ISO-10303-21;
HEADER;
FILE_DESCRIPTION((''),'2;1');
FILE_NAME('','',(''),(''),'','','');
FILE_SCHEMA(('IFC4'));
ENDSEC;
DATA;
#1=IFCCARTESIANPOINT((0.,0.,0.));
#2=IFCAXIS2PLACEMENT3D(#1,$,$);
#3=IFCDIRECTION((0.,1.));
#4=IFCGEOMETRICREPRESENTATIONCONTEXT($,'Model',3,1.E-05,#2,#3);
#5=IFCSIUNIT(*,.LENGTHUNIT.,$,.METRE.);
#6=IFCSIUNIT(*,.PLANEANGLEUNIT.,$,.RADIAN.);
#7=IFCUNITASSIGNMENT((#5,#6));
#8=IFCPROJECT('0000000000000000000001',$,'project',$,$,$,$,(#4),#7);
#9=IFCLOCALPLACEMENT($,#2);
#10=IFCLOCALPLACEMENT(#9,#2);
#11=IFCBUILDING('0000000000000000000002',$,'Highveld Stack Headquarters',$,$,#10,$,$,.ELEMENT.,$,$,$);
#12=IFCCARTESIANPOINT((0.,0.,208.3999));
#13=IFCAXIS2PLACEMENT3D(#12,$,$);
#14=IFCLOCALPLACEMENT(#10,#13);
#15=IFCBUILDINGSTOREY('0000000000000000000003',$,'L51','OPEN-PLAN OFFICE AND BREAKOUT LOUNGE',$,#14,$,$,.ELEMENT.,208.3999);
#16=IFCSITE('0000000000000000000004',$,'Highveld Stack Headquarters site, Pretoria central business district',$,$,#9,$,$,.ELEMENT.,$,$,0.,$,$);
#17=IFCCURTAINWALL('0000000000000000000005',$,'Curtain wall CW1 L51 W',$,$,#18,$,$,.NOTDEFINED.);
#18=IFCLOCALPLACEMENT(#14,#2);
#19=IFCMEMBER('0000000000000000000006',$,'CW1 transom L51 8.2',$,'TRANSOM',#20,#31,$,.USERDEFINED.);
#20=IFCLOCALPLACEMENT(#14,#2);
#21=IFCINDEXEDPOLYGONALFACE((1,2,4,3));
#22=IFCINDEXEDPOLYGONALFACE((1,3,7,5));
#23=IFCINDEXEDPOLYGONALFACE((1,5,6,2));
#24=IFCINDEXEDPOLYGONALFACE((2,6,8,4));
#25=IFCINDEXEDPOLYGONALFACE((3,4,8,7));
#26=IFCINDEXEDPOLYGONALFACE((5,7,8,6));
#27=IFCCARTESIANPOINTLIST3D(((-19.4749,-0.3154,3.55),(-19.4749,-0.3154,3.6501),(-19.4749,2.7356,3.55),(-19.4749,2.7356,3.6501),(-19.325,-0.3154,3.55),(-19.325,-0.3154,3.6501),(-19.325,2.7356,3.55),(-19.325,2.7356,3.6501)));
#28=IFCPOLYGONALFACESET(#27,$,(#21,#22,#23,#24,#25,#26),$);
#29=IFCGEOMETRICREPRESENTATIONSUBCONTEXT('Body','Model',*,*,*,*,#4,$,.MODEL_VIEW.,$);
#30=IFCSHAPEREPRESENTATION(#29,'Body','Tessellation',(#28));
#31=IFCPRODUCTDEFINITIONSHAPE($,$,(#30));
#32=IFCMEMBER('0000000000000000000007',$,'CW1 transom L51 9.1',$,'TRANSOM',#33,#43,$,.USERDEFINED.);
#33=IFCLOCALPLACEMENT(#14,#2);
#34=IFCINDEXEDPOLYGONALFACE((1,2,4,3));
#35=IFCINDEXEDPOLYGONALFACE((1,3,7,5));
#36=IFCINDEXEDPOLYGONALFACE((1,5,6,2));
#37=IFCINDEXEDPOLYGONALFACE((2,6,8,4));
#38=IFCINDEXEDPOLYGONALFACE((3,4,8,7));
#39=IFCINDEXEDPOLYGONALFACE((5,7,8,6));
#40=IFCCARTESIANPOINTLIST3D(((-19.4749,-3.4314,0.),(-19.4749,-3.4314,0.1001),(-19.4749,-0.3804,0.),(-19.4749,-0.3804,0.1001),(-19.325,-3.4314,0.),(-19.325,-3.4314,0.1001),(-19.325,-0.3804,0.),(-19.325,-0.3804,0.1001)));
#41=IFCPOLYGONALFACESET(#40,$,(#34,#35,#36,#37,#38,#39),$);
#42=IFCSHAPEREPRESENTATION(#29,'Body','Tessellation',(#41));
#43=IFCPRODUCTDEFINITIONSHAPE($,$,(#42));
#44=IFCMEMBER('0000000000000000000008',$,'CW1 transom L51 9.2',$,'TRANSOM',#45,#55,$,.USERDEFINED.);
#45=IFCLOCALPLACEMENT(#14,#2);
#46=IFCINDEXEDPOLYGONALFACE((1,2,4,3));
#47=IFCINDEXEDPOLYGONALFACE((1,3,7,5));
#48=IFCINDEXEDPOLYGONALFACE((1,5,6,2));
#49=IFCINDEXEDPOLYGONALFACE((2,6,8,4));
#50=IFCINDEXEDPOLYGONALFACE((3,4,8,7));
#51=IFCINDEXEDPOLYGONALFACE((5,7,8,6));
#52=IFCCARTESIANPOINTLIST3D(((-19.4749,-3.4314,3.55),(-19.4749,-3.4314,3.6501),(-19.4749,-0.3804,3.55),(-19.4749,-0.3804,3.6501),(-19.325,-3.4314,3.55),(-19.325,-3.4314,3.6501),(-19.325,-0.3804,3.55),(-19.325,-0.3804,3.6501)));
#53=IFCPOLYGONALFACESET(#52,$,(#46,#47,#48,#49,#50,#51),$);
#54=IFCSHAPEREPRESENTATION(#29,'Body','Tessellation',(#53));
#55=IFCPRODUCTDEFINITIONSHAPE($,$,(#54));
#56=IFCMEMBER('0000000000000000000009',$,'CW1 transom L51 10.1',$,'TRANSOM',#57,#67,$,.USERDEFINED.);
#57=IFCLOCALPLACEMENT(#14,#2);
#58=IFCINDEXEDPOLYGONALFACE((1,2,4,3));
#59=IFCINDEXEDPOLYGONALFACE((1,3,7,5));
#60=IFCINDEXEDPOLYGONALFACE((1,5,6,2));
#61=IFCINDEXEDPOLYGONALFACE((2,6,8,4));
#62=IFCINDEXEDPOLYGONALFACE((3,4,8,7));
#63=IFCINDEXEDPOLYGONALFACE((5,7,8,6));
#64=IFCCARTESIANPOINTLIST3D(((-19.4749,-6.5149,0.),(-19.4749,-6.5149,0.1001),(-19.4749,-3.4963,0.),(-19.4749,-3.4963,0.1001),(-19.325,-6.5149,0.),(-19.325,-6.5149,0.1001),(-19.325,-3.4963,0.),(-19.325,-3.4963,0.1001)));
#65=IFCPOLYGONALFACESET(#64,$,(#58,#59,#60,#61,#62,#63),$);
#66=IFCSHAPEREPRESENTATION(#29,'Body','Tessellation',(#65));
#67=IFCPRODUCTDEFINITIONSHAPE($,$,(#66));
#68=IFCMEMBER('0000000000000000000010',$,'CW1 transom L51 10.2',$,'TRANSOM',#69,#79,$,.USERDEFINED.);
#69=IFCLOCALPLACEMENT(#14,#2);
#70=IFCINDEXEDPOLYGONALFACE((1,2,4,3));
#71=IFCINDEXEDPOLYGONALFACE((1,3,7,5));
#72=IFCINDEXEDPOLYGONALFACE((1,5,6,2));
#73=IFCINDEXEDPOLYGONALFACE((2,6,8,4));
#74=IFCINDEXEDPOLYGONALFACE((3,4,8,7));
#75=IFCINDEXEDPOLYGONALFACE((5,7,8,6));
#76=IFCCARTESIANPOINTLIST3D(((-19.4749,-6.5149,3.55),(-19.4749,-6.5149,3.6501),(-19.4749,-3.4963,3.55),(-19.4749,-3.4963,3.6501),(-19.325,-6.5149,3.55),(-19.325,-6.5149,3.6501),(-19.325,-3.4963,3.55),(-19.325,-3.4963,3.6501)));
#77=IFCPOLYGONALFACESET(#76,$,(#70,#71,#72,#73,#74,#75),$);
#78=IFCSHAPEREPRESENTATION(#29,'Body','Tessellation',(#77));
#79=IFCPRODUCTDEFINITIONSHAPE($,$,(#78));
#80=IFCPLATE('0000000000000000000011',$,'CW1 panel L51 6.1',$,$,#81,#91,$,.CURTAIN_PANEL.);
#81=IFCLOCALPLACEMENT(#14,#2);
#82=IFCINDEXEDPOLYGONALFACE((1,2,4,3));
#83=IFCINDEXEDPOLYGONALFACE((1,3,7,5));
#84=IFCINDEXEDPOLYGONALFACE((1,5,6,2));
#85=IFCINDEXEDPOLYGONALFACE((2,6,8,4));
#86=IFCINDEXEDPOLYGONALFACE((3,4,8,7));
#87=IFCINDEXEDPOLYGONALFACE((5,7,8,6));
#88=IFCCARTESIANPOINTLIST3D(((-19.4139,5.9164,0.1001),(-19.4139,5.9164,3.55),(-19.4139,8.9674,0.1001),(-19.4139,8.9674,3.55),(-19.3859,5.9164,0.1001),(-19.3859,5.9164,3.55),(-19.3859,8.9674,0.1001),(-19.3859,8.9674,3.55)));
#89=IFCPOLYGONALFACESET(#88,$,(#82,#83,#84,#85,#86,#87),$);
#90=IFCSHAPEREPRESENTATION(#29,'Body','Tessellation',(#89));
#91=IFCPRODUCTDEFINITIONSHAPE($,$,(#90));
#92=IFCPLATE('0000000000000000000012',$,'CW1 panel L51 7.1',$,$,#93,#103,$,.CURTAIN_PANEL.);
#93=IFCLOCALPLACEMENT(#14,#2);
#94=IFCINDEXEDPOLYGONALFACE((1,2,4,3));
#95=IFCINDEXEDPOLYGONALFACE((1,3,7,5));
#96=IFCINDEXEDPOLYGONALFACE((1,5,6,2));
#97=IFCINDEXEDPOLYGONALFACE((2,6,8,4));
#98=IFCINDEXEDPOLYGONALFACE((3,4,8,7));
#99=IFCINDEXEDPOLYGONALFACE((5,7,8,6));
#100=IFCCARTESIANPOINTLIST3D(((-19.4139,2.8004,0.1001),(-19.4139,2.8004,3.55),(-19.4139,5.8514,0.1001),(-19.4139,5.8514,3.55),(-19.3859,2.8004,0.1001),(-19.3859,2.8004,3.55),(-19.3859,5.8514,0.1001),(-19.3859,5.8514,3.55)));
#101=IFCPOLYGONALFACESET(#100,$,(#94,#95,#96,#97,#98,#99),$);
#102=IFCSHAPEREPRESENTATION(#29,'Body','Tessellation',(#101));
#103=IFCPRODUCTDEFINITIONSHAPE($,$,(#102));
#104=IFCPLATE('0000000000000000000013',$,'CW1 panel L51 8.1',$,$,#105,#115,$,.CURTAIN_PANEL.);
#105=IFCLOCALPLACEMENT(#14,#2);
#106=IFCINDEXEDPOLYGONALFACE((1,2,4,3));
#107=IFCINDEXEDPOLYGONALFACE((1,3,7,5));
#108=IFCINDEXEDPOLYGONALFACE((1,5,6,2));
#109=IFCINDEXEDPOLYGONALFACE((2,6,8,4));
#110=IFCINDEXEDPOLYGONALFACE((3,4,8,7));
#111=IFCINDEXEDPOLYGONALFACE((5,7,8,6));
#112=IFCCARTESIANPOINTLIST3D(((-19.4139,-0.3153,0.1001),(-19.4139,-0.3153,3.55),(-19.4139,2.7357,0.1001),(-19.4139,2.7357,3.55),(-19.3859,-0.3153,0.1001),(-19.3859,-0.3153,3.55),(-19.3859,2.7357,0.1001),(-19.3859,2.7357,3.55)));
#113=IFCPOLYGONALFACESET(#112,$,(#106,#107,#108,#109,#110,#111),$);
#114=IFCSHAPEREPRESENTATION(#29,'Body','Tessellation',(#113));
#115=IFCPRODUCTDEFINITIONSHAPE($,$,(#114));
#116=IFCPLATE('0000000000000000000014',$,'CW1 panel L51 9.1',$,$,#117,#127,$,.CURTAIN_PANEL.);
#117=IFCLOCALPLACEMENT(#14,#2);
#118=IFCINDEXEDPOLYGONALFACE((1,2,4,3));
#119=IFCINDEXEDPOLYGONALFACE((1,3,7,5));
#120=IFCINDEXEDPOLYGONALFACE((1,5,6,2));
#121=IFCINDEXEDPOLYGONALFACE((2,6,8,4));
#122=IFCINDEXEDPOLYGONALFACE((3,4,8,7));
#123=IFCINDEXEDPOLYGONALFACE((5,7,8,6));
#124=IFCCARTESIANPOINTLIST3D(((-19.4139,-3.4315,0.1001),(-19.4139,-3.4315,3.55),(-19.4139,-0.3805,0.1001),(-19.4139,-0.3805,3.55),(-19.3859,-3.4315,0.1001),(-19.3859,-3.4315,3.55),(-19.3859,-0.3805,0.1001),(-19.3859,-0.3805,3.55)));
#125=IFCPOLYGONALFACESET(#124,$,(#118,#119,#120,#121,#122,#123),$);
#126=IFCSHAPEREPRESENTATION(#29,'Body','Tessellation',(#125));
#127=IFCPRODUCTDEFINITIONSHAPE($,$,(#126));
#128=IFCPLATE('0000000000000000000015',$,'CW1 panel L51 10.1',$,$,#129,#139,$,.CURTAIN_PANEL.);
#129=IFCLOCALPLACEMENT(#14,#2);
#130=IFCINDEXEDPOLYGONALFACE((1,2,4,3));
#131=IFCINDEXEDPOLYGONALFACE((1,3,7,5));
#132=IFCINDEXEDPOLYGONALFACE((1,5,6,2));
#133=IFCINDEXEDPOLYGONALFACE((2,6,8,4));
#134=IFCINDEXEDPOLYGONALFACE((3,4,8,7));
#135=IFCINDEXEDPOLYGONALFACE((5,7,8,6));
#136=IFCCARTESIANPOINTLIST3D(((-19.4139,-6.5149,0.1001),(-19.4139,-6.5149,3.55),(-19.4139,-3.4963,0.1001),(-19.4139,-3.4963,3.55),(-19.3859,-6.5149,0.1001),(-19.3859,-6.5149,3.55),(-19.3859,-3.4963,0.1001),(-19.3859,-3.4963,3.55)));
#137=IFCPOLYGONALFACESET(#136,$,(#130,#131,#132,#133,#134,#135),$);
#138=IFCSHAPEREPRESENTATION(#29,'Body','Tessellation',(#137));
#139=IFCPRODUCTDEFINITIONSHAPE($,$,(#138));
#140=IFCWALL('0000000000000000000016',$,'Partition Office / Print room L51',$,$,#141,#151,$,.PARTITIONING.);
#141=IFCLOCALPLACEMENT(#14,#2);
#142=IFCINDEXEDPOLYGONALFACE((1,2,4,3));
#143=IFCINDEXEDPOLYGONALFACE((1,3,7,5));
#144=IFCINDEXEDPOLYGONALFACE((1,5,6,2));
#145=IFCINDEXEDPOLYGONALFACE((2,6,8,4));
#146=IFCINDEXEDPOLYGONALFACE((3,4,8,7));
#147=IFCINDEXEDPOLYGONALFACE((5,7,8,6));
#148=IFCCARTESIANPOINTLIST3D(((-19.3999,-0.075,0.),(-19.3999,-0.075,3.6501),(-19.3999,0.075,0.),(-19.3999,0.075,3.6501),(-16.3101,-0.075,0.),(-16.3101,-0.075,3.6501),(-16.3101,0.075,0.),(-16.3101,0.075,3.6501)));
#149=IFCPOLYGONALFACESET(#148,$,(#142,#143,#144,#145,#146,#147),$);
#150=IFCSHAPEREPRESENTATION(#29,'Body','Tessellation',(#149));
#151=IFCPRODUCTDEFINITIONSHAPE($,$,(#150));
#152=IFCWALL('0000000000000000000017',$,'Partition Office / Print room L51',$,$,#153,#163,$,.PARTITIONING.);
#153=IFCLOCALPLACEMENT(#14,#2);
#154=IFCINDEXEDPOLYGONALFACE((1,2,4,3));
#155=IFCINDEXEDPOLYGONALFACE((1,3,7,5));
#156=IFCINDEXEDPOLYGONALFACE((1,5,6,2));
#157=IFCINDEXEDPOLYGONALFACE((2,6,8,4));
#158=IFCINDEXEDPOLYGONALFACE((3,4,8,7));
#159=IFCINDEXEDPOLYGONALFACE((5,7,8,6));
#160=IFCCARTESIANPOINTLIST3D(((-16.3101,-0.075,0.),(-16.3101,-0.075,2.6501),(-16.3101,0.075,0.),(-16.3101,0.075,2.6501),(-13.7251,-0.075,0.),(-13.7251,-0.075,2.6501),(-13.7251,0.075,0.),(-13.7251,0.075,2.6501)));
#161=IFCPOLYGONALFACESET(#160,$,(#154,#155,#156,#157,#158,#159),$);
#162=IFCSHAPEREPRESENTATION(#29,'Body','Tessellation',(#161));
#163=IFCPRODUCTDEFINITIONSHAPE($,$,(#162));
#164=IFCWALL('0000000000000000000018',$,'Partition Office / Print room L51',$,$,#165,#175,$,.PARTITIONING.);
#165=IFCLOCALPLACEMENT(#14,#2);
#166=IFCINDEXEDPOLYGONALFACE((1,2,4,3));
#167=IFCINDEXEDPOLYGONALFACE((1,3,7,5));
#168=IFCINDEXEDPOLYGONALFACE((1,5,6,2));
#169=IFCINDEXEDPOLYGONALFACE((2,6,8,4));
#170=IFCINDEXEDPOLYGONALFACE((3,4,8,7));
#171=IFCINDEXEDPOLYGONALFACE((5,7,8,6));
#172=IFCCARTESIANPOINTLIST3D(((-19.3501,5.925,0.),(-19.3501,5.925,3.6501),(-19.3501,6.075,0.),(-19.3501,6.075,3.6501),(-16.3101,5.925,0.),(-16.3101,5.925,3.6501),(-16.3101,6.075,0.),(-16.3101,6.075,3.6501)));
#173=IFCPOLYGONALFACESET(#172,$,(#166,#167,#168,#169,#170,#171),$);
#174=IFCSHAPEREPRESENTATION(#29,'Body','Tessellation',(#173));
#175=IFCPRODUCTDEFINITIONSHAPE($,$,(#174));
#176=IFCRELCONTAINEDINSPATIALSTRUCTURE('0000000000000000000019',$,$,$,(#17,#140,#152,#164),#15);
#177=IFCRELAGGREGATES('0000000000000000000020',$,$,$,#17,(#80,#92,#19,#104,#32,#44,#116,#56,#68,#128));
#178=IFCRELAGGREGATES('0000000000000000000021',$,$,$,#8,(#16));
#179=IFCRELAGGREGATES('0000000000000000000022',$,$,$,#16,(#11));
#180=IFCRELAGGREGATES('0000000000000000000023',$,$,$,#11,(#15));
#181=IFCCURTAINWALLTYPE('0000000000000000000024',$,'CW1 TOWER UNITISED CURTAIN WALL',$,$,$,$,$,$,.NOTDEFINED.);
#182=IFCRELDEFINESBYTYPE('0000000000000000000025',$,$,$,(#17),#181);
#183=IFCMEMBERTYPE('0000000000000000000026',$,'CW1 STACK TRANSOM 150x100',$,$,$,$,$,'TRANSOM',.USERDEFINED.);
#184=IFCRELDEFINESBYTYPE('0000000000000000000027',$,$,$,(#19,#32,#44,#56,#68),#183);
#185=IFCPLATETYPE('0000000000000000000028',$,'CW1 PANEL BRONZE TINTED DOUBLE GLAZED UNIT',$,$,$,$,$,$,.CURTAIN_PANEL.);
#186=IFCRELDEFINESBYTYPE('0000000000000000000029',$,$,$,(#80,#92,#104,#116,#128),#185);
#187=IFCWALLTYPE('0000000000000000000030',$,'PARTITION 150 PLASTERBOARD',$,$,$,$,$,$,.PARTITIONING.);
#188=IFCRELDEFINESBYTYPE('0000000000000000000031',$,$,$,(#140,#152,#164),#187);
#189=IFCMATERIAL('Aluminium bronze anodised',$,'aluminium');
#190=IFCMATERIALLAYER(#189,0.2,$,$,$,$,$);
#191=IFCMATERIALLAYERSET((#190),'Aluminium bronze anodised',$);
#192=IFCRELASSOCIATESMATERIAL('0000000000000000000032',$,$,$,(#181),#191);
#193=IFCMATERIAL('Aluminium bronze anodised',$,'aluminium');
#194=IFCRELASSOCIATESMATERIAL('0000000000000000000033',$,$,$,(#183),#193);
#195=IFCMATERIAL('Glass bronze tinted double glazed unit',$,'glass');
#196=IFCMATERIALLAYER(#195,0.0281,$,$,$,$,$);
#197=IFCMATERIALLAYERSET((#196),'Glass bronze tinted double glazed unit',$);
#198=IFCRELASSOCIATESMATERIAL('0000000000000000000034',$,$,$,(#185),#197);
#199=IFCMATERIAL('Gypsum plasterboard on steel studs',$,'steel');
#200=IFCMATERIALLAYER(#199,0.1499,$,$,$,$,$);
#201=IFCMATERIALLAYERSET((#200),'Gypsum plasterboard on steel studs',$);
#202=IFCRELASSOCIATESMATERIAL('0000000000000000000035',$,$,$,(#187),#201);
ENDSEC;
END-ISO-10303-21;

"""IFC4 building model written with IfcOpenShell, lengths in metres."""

from ifc_helpers import new_model, si_unit, direction, frame, frame_2d, origin, origin_2d, place, context, subcontext, project, spatial, rectangle, extrude, material, layer, layer_set, material_profile, profile_set, type_object, element, aggregate, save


model = new_model("IFC4")

# Units and contexts
model_context = context("Model", 3, precision=1e-05, world=origin(), true_north=direction((0.0, 1.0)))
body_context = subcontext(model_context, "Body", "Model", "MODEL_VIEW")
ifc_project = project(units=[si_unit("LENGTHUNIT", "METRE"), si_unit("PLANEANGLEUNIT", "RADIAN")], contexts=[model_context])

# Site, building, storey
site_placement = place(None, origin())
site = spatial("IfcSite", under=ifc_project, at=site_placement, Name="Highveld Stack Headquarters site, Pretoria central business district", CompositionType="ELEMENT", RefElevation=0.0)
building_placement = place(site_placement, origin())
building = spatial("IfcBuilding", under=site, at=building_placement, Name="Highveld Stack Headquarters", CompositionType="ELEMENT")
storey_placement = place(building_placement, frame((0.0, 0.0, 208.3999)))
storey = spatial("IfcBuildingStorey", under=building, at=storey_placement, Name="L51", Description="OPEN-PLAN OFFICE AND BREAKOUT LOUNGE", CompositionType="ELEMENT", Elevation=208.3999)

# Curtain wall, members, plates
ifc_material_1 = material(Name="Aluminium bronze anodised", Category="aluminium")
ifc_layer_1 = layer(ifc_material_1, 0.2)
ifc_layer_set_1 = layer_set([ifc_layer_1], Name="Aluminium bronze anodised")
curtain_wall_type = type_object("IfcCurtainWallType", Name="CW1 TOWER UNITISED CURTAIN WALL", PredefinedType="NOTDEFINED", material=ifc_layer_set_1)
curtain_wall_placement = place(storey_placement, origin())
curtain_wall = element("IfcCurtainWall", 1, at=curtain_wall_placement, inside=storey, type_object=curtain_wall_type, Name="Curtain wall CW1 L51 W", PredefinedType="NOTDEFINED")
ifc_material_2 = material(Name="Aluminium bronze anodised", Category="aluminium")
ifc_material_profile_1 = material_profile(ifc_material_2, rectangle(XDim=0.1499, YDim=0.1001, at=origin_2d()), Name="CW1 TRANSOM 150x100")
ifc_profile_set_1 = profile_set([ifc_material_profile_1], Name="Aluminium bronze anodised")
member_type_1 = type_object("IfcMemberType", Name="CW1 STACK TRANSOM 150x100", ElementType="TRANSOM", PredefinedType="USERDEFINED", material=ifc_profile_set_1)
member_1_placement = place(storey_placement, frame((-19.3999, 2.7356, 3.6001), z_axis=(0.0, -1.0, 0.0), x_axis=(1.0, 0.0, 0.0)))
member_1 = element("IfcMember", 2, at=member_1_placement, type_object=member_type_1, Name="CW1 transom L51 8.2", ObjectType="TRANSOM", PredefinedType="USERDEFINED", context=body_context, shape_type="SweptSolid", body=[
    extrude(rectangle(XDim=0.1499, YDim=0.1001, at=origin_2d()), origin(), (0.0, 0.0, 1.0), 3.051),
])
member_2_placement = place(storey_placement, frame((-19.3999, -0.3804, 0.05), z_axis=(0.0, -1.0, 0.0), x_axis=(1.0, 0.0, 0.0)))
member_2 = element("IfcMember", 3, at=member_2_placement, type_object=member_type_1, Name="CW1 transom L51 9.1", ObjectType="TRANSOM", PredefinedType="USERDEFINED", context=body_context, shape_type="SweptSolid", body=[
    extrude(rectangle(XDim=0.1499, YDim=0.1001, at=origin_2d()), origin(), (0.0, 0.0, 1.0), 3.051),
])
member_3_placement = place(storey_placement, frame((-19.3999, -0.3804, 3.6001), z_axis=(0.0, -1.0, 0.0), x_axis=(1.0, 0.0, 0.0)))
member_3 = element("IfcMember", 4, at=member_3_placement, type_object=member_type_1, Name="CW1 transom L51 9.2", ObjectType="TRANSOM", PredefinedType="USERDEFINED", context=body_context, shape_type="SweptSolid", body=[
    extrude(rectangle(XDim=0.1499, YDim=0.1001, at=origin_2d()), origin(), (0.0, 0.0, 1.0), 3.051),
])
member_4_placement = place(storey_placement, frame((-19.3999, -3.4963, 0.05), z_axis=(0.0, -1.0, 0.0), x_axis=(1.0, 0.0, 0.0)))
member_4 = element("IfcMember", 5, at=member_4_placement, type_object=member_type_1, Name="CW1 transom L51 10.1", ObjectType="TRANSOM", PredefinedType="USERDEFINED", context=body_context, shape_type="SweptSolid", body=[
    extrude(rectangle(XDim=0.1499, YDim=0.1001, at=origin_2d()), origin(), (0.0, 0.0, 1.0), 3.0186),
])
member_5_placement = place(storey_placement, frame((-19.3999, -3.4963, 3.6001), z_axis=(0.0, -1.0, 0.0), x_axis=(1.0, 0.0, 0.0)))
member_5 = element("IfcMember", 6, at=member_5_placement, type_object=member_type_1, Name="CW1 transom L51 10.2", ObjectType="TRANSOM", PredefinedType="USERDEFINED", context=body_context, shape_type="SweptSolid", body=[
    extrude(rectangle(XDim=0.1499, YDim=0.1001, at=origin_2d()), origin(), (0.0, 0.0, 1.0), 3.0186),
])
ifc_material_3 = material(Name="Glass bronze tinted double glazed unit", Category="glass")
ifc_layer_2 = layer(ifc_material_3, 0.0281)
ifc_layer_set_2 = layer_set([ifc_layer_2], Name="Glass bronze tinted double glazed unit")
plate_type = type_object("IfcPlateType", Name="CW1 PANEL BRONZE TINTED DOUBLE GLAZED UNIT", PredefinedType="CURTAIN_PANEL", material=ifc_layer_set_2)
plate_1_placement = place(storey_placement, frame((-19.3999, 7.4419, 0.1001), z_axis=(0.0, 0.0, 1.0), x_axis=(0.0, -1.0, 0.0)))
plate_1 = element("IfcPlate", 7, at=plate_1_placement, type_object=plate_type, Name="CW1 panel L51 6.1", PredefinedType="CURTAIN_PANEL", context=body_context, shape_type="SweptSolid", body=[
    extrude(rectangle(XDim=3.051, YDim=0.0281, at=origin_2d()), origin(), (0.0, 0.0, 1.0), 3.45),
])
plate_2_placement = place(storey_placement, frame((-19.3999, 4.3259, 0.1001), z_axis=(0.0, 0.0, 1.0), x_axis=(0.0, -1.0, 0.0)))
plate_2 = element("IfcPlate", 8, at=plate_2_placement, type_object=plate_type, Name="CW1 panel L51 7.1", PredefinedType="CURTAIN_PANEL", context=body_context, shape_type="SweptSolid", body=[
    extrude(rectangle(XDim=3.051, YDim=0.0281, at=origin_2d()), origin(), (0.0, 0.0, 1.0), 3.45),
])
plate_3_placement = place(storey_placement, frame((-19.3999, 1.2102, 0.1001), z_axis=(0.0, 0.0, 1.0), x_axis=(0.0, -1.0, 0.0)))
plate_3 = element("IfcPlate", 9, at=plate_3_placement, type_object=plate_type, Name="CW1 panel L51 8.1", PredefinedType="CURTAIN_PANEL", context=body_context, shape_type="SweptSolid", body=[
    extrude(rectangle(XDim=3.051, YDim=0.0281, at=origin_2d()), origin(), (0.0, 0.0, 1.0), 3.45),
])
plate_4_placement = place(storey_placement, frame((-19.3999, -1.906, 0.1001), z_axis=(0.0, 0.0, 1.0), x_axis=(0.0, -1.0, 0.0)))
plate_4 = element("IfcPlate", 10, at=plate_4_placement, type_object=plate_type, Name="CW1 panel L51 9.1", PredefinedType="CURTAIN_PANEL", context=body_context, shape_type="SweptSolid", body=[
    extrude(rectangle(XDim=3.051, YDim=0.0281, at=origin_2d()), origin(), (0.0, 0.0, 1.0), 3.45),
])
plate_5_placement = place(storey_placement, frame((-19.3999, -5.0056, 0.1001), z_axis=(0.0, 0.0, 1.0), x_axis=(0.0, -1.0, 0.0)))
plate_5 = element("IfcPlate", 11, at=plate_5_placement, type_object=plate_type, Name="CW1 panel L51 10.1", PredefinedType="CURTAIN_PANEL", context=body_context, shape_type="SweptSolid", body=[
    extrude(rectangle(XDim=3.0186, YDim=0.0281, at=origin_2d()), origin(), (0.0, 0.0, 1.0), 3.45),
])
aggregate(curtain_wall, [plate_1, plate_2, member_1, plate_3, member_2, member_3, plate_4, member_4, member_5, plate_5])

# Walls
ifc_material_4 = material(Name="Gypsum plasterboard on steel studs", Category="steel")
ifc_layer_3 = layer(ifc_material_4, 0.1499)
ifc_layer_set_3 = layer_set([ifc_layer_3], Name="Gypsum plasterboard on steel studs")
wall_type = type_object("IfcWallType", Name="PARTITION 150 PLASTERBOARD", PredefinedType="PARTITIONING", material=ifc_layer_set_3)
wall_1_placement = place(storey_placement, frame((-19.3999, 0.0, 0.0), z_axis=(0.0, 0.0, 1.0), x_axis=(1.0, 0.0, 0.0)))
element("IfcWall", 12, at=wall_1_placement, inside=storey, type_object=wall_type, Name="Partition Office / Print room L51", PredefinedType="PARTITIONING", context=body_context, shape_type="SweptSolid", body=[
    extrude(rectangle(XDim=3.0898, YDim=0.1499, at=frame_2d((1.5449, 0.0))), origin(), (0.0, 0.0, 1.0), 3.6501),
])
wall_2_placement = place(storey_placement, frame((-16.3101, 0.0, 0.0), z_axis=(0.0, 0.0, 1.0), x_axis=(1.0, 0.0, 0.0)))
element("IfcWall", 13, at=wall_2_placement, inside=storey, type_object=wall_type, Name="Partition Office / Print room L51", PredefinedType="PARTITIONING", context=body_context, shape_type="SweptSolid", body=[
    extrude(rectangle(XDim=2.585, YDim=0.1499, at=frame_2d((1.2925, 0.0))), origin(), (0.0, 0.0, 1.0), 2.6501),
])
wall_3_placement = place(storey_placement, frame((-19.3501, 6.0, 0.0), z_axis=(0.0, 0.0, 1.0), x_axis=(1.0, 0.0, 0.0)))
element("IfcWall", 14, at=wall_3_placement, inside=storey, type_object=wall_type, Name="Partition Office / Print room L51", PredefinedType="PARTITIONING", context=body_context, shape_type="SweptSolid", body=[
    extrude(rectangle(XDim=3.04, YDim=0.1499, at=frame_2d((1.52, 0.0))), origin(), (0.0, 0.0, 1.0), 3.6501),
])

save(model, "model.ifc")
